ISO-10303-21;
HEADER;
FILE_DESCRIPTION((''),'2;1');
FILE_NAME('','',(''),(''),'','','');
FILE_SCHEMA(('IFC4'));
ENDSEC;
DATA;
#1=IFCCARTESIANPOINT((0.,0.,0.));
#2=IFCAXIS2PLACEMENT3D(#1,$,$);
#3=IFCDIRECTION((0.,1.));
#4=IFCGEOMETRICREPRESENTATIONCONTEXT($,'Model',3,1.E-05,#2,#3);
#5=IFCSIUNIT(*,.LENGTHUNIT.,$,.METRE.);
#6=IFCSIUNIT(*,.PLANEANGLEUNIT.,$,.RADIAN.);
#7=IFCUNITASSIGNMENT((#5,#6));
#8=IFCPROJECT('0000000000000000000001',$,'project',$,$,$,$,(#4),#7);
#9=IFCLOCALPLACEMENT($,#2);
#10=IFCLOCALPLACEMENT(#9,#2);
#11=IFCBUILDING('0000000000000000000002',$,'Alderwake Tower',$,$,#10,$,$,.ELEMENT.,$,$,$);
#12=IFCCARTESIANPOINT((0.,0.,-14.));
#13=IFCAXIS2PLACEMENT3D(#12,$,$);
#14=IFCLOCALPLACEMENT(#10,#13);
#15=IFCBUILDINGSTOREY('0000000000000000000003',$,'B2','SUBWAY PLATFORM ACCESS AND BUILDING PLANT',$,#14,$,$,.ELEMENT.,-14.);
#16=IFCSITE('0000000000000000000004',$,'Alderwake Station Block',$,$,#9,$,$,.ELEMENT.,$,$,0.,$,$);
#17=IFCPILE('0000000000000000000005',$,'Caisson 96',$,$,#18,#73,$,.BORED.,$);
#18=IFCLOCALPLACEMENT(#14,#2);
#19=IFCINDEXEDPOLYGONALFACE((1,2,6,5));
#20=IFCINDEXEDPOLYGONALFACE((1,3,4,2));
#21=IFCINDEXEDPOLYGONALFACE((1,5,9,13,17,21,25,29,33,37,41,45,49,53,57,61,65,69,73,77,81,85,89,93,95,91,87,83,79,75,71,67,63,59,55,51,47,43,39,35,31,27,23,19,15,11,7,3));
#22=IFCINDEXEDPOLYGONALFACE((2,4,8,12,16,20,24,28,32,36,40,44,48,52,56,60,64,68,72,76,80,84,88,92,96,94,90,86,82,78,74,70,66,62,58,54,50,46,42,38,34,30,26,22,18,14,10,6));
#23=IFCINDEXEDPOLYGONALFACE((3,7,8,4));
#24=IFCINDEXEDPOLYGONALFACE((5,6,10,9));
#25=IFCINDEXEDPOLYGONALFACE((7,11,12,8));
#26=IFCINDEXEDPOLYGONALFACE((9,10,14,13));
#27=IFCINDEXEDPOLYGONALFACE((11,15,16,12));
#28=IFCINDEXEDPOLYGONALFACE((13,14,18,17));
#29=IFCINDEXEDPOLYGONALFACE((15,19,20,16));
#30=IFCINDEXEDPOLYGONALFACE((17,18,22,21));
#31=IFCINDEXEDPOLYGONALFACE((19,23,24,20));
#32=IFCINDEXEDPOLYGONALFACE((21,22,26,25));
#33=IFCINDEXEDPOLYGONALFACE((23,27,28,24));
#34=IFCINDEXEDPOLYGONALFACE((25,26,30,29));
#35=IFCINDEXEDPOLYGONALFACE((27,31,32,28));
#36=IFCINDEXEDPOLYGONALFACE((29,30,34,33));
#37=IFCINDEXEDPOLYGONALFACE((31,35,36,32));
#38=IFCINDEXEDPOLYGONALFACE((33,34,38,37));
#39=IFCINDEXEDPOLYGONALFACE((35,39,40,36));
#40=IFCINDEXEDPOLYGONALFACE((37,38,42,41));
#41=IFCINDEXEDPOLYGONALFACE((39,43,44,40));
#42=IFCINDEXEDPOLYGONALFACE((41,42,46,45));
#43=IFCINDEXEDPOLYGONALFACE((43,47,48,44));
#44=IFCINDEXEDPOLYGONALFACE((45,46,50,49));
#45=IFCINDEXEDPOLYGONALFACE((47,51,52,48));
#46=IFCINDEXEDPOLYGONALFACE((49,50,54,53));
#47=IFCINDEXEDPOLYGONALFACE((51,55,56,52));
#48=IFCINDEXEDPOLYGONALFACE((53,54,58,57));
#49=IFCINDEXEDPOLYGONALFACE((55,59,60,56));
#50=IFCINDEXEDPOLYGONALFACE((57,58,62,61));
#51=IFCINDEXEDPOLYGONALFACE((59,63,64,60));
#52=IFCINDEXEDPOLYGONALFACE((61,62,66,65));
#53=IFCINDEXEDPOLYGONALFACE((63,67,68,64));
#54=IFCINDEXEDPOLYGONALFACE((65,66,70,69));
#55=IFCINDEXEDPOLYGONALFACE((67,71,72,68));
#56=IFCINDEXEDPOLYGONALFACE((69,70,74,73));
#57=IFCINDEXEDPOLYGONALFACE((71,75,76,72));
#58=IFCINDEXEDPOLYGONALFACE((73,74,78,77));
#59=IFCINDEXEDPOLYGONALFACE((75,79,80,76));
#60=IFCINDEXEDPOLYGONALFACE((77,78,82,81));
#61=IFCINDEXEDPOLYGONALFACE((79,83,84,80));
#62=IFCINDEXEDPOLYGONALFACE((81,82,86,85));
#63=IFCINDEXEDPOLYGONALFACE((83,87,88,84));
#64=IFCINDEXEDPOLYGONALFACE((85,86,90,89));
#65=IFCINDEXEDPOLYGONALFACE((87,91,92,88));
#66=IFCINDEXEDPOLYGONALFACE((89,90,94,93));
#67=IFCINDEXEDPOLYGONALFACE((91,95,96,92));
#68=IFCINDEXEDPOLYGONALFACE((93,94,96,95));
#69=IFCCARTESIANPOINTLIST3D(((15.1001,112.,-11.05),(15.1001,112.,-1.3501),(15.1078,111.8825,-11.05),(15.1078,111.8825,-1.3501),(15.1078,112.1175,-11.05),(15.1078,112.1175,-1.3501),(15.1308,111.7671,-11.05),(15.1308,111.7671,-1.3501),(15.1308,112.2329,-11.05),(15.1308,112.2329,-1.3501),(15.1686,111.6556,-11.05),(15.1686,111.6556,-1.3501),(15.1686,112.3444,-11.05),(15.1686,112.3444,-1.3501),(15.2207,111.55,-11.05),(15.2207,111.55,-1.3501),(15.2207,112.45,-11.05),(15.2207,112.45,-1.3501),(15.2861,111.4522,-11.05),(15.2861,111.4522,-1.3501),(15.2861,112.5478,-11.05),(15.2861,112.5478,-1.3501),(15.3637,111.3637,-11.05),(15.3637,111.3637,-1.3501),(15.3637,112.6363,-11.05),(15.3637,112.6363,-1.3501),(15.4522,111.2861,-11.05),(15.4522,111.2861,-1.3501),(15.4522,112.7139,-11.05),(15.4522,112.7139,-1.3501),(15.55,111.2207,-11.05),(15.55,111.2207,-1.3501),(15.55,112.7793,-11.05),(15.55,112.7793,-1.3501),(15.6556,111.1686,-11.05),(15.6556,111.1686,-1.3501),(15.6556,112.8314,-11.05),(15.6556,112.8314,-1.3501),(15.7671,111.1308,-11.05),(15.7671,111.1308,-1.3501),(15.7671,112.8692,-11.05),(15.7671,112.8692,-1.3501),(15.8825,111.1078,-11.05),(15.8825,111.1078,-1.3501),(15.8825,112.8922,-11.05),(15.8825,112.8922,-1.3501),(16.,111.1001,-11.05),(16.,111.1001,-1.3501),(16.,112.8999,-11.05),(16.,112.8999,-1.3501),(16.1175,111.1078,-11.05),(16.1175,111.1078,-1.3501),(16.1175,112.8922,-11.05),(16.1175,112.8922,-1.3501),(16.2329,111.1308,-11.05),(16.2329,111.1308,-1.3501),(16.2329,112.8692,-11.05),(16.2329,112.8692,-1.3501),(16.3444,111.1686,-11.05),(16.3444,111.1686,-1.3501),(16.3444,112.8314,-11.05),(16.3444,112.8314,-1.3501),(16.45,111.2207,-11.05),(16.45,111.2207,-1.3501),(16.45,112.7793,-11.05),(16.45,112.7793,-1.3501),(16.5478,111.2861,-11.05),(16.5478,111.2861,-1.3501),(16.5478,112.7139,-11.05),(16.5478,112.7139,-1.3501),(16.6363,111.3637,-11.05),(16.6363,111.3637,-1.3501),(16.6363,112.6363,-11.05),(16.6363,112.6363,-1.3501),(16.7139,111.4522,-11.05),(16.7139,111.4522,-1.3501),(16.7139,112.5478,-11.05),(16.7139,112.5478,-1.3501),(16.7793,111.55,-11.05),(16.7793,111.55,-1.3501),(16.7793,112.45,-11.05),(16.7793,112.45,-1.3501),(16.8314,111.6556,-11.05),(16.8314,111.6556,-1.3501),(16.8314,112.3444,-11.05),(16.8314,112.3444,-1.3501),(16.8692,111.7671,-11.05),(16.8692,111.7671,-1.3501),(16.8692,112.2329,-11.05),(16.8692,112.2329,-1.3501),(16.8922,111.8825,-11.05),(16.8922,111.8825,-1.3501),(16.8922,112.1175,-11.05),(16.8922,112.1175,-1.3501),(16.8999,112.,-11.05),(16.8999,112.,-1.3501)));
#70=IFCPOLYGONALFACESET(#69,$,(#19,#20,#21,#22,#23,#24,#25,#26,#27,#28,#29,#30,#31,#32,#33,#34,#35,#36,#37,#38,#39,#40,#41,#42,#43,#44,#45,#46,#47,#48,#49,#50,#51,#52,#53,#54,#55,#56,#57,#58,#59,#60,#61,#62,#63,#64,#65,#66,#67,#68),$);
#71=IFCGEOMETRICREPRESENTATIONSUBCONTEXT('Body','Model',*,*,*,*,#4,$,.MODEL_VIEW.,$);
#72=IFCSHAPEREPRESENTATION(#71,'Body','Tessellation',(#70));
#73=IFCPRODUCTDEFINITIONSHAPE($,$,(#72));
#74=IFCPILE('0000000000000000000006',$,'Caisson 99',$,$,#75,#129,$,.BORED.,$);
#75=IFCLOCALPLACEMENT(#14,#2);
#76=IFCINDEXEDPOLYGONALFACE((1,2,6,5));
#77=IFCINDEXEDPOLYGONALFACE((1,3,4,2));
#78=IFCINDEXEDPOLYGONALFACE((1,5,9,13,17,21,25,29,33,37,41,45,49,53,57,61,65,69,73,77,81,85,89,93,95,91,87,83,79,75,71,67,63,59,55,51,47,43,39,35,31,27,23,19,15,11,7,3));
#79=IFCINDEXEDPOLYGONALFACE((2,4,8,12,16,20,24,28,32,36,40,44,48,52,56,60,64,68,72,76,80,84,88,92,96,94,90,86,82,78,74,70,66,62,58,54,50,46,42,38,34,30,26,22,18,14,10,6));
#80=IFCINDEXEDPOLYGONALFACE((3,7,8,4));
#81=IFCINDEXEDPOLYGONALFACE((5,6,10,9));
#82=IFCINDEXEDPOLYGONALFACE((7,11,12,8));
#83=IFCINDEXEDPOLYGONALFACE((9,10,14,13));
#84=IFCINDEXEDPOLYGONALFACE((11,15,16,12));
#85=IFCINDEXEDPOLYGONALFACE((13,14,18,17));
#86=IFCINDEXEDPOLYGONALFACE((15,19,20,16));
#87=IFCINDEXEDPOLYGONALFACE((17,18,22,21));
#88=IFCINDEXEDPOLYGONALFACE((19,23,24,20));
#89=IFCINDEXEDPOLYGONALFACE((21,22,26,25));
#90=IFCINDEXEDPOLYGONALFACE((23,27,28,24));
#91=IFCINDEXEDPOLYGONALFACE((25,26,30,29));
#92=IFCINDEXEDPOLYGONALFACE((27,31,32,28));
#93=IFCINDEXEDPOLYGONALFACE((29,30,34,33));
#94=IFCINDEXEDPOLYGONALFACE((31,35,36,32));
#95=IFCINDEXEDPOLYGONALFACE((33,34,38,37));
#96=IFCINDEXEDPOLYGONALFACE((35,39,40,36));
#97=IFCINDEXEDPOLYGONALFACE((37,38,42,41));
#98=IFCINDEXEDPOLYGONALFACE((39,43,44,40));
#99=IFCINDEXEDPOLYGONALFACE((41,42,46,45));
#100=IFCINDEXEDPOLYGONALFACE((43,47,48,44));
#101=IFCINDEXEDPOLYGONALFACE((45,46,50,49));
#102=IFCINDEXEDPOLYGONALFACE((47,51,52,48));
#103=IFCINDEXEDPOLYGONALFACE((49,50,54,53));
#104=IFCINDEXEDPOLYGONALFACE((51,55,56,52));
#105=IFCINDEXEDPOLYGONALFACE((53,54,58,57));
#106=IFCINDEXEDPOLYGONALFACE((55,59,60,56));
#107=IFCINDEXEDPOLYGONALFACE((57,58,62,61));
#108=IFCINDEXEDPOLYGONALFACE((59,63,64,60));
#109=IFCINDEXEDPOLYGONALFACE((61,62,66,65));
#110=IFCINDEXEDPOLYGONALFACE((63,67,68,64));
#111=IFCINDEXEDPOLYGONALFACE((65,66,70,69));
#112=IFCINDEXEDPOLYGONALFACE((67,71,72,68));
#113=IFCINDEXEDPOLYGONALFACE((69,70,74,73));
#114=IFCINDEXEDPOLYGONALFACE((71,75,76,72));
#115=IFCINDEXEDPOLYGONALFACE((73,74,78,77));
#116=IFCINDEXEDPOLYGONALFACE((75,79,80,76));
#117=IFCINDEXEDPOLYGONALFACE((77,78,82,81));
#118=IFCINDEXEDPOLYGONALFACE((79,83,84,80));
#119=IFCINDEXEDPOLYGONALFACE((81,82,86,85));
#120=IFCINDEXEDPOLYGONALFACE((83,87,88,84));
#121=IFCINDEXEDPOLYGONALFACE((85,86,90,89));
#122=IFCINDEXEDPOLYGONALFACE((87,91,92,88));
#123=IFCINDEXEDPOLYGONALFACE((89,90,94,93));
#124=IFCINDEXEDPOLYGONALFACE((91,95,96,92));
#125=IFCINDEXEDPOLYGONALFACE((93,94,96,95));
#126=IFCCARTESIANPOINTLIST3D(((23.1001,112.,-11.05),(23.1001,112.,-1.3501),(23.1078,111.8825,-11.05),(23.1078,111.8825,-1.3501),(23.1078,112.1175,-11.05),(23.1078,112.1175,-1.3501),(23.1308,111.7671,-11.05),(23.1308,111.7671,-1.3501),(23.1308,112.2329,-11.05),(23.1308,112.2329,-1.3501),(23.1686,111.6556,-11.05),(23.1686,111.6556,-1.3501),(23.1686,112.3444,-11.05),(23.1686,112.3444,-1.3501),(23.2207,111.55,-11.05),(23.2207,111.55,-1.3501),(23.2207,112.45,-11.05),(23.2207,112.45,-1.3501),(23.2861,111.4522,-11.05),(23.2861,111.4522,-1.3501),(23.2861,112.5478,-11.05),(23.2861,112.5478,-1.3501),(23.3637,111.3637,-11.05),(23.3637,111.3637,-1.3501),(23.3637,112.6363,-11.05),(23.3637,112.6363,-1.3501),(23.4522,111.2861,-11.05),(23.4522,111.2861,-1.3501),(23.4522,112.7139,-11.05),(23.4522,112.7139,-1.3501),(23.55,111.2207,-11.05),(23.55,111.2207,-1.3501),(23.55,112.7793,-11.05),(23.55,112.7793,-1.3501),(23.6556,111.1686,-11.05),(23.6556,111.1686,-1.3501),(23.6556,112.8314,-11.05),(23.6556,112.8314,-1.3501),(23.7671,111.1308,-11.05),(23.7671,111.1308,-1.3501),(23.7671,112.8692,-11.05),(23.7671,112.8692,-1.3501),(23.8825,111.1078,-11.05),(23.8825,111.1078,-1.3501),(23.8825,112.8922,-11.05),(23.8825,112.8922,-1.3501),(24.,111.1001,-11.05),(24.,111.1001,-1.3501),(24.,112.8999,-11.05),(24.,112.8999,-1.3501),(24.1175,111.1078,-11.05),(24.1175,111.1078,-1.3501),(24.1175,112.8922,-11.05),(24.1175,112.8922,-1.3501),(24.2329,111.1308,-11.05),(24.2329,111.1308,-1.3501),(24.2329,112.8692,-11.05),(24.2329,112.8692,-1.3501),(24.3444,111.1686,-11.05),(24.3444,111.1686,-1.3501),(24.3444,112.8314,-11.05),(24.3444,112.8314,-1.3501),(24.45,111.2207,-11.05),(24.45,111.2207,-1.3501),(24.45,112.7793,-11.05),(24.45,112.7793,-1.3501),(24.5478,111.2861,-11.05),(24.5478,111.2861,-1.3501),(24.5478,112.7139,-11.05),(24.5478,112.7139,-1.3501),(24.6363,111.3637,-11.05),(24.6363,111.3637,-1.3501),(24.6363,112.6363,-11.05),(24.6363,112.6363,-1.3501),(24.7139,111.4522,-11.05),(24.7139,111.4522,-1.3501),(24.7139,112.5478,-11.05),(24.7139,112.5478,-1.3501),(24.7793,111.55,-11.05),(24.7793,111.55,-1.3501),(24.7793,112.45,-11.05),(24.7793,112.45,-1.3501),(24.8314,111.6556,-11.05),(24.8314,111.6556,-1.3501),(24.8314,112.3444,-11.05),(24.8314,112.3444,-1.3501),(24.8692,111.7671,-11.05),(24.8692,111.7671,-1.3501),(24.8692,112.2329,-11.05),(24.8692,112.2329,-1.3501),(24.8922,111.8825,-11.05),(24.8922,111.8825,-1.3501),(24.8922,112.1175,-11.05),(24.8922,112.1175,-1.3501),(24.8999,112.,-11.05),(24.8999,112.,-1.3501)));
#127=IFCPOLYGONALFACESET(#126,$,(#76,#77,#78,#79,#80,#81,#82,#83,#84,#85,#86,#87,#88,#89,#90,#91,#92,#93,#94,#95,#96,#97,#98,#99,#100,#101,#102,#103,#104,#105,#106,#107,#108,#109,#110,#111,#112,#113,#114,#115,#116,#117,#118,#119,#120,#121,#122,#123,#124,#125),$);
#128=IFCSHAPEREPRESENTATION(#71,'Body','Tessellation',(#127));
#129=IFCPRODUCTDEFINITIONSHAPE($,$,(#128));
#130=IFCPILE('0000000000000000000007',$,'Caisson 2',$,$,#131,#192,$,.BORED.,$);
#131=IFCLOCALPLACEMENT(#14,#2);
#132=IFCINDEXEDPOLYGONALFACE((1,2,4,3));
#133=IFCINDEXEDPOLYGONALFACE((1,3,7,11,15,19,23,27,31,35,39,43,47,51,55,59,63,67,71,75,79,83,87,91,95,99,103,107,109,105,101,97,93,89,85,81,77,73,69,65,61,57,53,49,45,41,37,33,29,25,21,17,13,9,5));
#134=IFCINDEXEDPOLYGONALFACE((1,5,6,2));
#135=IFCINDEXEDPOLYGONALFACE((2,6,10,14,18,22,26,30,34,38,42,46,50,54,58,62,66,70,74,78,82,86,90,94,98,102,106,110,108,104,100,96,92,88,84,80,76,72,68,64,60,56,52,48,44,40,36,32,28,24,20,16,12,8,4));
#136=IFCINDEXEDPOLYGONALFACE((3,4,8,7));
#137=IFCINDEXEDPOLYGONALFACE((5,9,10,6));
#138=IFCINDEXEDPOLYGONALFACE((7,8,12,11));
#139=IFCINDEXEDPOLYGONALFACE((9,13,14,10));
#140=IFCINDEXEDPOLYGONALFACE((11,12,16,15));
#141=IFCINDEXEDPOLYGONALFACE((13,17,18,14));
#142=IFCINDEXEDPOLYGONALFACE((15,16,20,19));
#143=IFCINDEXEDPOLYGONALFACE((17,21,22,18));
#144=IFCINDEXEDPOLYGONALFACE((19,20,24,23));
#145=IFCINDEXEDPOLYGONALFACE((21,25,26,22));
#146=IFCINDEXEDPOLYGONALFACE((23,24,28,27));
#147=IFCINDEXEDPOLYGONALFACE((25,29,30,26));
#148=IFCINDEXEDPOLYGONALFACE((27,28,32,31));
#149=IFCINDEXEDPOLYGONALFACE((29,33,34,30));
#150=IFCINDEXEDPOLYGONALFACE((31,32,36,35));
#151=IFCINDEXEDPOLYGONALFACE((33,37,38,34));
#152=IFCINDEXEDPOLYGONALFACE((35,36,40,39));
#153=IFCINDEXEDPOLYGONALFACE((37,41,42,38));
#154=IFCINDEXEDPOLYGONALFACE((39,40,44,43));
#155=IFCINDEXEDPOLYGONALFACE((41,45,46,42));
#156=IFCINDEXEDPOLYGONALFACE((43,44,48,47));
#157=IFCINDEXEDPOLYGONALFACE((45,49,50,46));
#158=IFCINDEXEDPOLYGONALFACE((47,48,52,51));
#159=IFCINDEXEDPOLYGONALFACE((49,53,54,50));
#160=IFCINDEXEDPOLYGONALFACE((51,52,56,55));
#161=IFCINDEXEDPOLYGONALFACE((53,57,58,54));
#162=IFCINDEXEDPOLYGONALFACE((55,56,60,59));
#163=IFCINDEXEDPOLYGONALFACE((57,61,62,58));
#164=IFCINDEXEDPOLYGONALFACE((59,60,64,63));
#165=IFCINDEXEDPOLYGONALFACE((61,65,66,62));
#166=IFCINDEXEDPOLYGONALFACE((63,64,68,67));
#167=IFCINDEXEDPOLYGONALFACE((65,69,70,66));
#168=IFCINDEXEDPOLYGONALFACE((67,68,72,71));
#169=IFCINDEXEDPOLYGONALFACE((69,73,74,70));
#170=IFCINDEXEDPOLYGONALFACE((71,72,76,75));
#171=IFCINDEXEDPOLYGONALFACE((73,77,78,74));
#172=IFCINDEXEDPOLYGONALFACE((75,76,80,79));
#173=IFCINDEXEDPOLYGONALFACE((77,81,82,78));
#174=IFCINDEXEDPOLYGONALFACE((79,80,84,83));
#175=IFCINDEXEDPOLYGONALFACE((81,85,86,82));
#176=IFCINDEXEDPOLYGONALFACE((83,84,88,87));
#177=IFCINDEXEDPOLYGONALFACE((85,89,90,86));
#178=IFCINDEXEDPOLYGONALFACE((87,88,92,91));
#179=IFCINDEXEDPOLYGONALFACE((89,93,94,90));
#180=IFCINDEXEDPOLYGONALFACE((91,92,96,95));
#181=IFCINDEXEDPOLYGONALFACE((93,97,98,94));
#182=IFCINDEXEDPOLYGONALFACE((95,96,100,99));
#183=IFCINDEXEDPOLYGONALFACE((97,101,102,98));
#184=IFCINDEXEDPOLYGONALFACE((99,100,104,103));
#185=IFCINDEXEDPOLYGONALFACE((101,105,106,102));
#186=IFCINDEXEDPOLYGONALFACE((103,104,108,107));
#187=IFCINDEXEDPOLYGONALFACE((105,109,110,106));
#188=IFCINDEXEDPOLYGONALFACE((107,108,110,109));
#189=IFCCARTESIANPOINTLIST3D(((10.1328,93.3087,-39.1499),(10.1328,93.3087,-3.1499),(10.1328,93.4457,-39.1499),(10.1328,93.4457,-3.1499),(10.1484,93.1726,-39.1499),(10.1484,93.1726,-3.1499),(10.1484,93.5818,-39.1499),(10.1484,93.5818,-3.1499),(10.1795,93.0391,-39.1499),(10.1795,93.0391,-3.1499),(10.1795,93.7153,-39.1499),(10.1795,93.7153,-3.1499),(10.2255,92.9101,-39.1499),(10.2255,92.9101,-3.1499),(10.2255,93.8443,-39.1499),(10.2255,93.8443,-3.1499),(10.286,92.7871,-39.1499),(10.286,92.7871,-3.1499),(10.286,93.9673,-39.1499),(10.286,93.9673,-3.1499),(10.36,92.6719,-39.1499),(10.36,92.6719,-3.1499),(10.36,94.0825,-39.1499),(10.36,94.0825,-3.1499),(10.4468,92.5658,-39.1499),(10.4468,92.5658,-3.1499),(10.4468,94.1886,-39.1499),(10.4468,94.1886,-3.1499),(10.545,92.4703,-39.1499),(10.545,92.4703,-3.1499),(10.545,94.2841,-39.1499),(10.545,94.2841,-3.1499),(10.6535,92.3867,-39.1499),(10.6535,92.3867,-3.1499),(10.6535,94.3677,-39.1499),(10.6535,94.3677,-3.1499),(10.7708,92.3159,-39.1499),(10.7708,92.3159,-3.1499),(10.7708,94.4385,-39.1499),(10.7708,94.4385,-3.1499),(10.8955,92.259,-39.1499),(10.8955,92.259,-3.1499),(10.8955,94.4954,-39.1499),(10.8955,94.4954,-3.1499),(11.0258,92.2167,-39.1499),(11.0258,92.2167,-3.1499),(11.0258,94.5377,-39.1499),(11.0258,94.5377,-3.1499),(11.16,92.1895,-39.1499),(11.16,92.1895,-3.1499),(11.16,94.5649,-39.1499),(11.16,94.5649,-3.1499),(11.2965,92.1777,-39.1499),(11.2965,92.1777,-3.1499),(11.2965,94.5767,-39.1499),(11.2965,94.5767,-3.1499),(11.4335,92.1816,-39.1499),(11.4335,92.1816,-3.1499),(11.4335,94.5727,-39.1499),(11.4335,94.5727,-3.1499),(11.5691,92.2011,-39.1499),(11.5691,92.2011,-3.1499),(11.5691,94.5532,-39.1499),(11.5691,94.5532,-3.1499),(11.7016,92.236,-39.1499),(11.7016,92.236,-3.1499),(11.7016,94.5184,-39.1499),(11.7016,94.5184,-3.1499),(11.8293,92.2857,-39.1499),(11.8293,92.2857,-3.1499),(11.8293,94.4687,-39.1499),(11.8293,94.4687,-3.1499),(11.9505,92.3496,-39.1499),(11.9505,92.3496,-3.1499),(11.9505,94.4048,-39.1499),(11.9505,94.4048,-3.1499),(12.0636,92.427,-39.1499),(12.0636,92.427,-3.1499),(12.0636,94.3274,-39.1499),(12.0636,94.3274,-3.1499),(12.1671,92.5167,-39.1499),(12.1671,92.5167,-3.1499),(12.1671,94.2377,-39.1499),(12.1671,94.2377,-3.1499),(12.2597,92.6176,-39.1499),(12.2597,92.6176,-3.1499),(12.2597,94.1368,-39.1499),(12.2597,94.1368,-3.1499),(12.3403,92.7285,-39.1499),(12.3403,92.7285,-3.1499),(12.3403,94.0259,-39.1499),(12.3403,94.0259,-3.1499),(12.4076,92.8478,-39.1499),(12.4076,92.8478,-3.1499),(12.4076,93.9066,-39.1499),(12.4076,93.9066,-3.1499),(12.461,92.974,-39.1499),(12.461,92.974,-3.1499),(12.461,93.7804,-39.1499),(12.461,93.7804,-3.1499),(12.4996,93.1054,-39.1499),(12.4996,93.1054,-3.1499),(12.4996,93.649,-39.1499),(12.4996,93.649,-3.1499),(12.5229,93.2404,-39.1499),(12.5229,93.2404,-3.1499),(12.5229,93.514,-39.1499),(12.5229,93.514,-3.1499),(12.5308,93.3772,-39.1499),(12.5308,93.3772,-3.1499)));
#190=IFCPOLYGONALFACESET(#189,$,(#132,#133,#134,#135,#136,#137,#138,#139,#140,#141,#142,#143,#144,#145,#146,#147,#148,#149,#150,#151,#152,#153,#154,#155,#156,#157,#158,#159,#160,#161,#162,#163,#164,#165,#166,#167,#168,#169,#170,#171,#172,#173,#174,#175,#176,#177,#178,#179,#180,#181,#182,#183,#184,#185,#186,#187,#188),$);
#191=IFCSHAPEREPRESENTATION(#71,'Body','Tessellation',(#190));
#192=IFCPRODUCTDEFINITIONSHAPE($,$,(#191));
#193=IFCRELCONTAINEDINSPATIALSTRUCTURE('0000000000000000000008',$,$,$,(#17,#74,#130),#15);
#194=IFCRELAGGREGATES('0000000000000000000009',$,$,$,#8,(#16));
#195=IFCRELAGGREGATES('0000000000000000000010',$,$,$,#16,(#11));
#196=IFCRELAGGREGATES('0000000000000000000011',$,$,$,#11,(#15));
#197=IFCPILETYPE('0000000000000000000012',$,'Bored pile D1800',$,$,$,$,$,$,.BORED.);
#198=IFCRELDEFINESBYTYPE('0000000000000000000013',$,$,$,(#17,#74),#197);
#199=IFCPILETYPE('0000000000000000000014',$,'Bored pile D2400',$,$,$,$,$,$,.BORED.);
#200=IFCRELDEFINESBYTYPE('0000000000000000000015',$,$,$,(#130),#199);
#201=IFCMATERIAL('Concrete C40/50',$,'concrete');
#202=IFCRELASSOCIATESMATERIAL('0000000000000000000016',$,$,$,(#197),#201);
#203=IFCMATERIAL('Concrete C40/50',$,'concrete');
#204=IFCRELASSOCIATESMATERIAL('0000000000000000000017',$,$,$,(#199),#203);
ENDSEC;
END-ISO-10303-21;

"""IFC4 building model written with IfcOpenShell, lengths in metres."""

from ifc_helpers import new_model, si_unit, direction, frame, origin, origin_2d, place, context, subcontext, project, spatial, circle, extrude, material, material_profile, profile_set, type_object, element, save


model = new_model("IFC4")

# Units and contexts
model_context = context("Model", 3, precision=1e-05, world=origin(), true_north=direction((0.0, 1.0)))
body_context = subcontext(model_context, "Body", "Model", "MODEL_VIEW")
ifc_project = project(units=[si_unit("LENGTHUNIT", "METRE"), si_unit("PLANEANGLEUNIT", "RADIAN")], contexts=[model_context])

# Site, building, storey
site_placement = place(None, origin())
site = spatial("IfcSite", under=ifc_project, at=site_placement, Name="Alderwake Station Block", CompositionType="ELEMENT", RefElevation=0.0)
building_placement = place(site_placement, origin())
building = spatial("IfcBuilding", under=site, at=building_placement, Name="Alderwake Tower", CompositionType="ELEMENT")
storey_placement = place(building_placement, frame((0.0, 0.0, -14.0)))
storey = spatial("IfcBuildingStorey", under=building, at=storey_placement, Name="B2", Description="SUBWAY PLATFORM ACCESS AND BUILDING PLANT", CompositionType="ELEMENT", Elevation=-14.0)

# Piles
ifc_material_1 = material(Name="Concrete C40/50", Category="concrete")
ifc_material_profile_1 = material_profile(ifc_material_1, circle(Radius=0.8999, at=origin_2d()), Name="PILE 1800")
ifc_profile_set_1 = profile_set([ifc_material_profile_1], Name="Concrete C40/50")
pile_type_1 = type_object("IfcPileType", Name="Bored pile D1800", PredefinedType="BORED", material=ifc_profile_set_1)
for number, where, z_axis, x_axis, name in (
    (1, (16.0, 112.0, -1.3501), (0.0, 0.0, -1.0), (1.0, 0.0, 0.0), "Caisson 96"),
    (2, (24.0, 112.0, -1.3501), (0.0, 0.0, -1.0), (1.0, 0.0, 0.0), "Caisson 99"),
):
    element("IfcPile", number, at=place(storey_placement, frame(where, z_axis=z_axis, x_axis=x_axis)), inside=storey, type_object=pile_type_1, Name=name, PredefinedType="BORED", context=body_context, shape_type="SweptSolid", body=[
        extrude(circle(Radius=0.8999, at=origin_2d()), origin(), (0.0, 0.0, 1.0), 9.7),
    ])
ifc_material_2 = material(Name="Concrete C40/50", Category="concrete")
ifc_material_profile_2 = material_profile(ifc_material_2, circle(Radius=1.2, at=origin_2d()), Name="PILE 2400")
ifc_profile_set_2 = profile_set([ifc_material_profile_2], Name="Concrete C40/50")
pile_type_2 = type_object("IfcPileType", Name="Bored pile D2400", PredefinedType="BORED", material=ifc_profile_set_2)
pile_placement = place(storey_placement, frame((11.3308, 93.3772, -3.1499), z_axis=(0.0, 0.0, -1.0), x_axis=(1.0, 0.0, 0.0)))
element("IfcPile", 3, at=pile_placement, inside=storey, type_object=pile_type_2, Name="Caisson 2", PredefinedType="BORED", context=body_context, shape_type="SweptSolid", body=[
    extrude(circle(Radius=1.2, at=origin_2d()), origin(), (0.0, 0.0, 1.0), 36.0),
])

save(model, "model.ifc")
